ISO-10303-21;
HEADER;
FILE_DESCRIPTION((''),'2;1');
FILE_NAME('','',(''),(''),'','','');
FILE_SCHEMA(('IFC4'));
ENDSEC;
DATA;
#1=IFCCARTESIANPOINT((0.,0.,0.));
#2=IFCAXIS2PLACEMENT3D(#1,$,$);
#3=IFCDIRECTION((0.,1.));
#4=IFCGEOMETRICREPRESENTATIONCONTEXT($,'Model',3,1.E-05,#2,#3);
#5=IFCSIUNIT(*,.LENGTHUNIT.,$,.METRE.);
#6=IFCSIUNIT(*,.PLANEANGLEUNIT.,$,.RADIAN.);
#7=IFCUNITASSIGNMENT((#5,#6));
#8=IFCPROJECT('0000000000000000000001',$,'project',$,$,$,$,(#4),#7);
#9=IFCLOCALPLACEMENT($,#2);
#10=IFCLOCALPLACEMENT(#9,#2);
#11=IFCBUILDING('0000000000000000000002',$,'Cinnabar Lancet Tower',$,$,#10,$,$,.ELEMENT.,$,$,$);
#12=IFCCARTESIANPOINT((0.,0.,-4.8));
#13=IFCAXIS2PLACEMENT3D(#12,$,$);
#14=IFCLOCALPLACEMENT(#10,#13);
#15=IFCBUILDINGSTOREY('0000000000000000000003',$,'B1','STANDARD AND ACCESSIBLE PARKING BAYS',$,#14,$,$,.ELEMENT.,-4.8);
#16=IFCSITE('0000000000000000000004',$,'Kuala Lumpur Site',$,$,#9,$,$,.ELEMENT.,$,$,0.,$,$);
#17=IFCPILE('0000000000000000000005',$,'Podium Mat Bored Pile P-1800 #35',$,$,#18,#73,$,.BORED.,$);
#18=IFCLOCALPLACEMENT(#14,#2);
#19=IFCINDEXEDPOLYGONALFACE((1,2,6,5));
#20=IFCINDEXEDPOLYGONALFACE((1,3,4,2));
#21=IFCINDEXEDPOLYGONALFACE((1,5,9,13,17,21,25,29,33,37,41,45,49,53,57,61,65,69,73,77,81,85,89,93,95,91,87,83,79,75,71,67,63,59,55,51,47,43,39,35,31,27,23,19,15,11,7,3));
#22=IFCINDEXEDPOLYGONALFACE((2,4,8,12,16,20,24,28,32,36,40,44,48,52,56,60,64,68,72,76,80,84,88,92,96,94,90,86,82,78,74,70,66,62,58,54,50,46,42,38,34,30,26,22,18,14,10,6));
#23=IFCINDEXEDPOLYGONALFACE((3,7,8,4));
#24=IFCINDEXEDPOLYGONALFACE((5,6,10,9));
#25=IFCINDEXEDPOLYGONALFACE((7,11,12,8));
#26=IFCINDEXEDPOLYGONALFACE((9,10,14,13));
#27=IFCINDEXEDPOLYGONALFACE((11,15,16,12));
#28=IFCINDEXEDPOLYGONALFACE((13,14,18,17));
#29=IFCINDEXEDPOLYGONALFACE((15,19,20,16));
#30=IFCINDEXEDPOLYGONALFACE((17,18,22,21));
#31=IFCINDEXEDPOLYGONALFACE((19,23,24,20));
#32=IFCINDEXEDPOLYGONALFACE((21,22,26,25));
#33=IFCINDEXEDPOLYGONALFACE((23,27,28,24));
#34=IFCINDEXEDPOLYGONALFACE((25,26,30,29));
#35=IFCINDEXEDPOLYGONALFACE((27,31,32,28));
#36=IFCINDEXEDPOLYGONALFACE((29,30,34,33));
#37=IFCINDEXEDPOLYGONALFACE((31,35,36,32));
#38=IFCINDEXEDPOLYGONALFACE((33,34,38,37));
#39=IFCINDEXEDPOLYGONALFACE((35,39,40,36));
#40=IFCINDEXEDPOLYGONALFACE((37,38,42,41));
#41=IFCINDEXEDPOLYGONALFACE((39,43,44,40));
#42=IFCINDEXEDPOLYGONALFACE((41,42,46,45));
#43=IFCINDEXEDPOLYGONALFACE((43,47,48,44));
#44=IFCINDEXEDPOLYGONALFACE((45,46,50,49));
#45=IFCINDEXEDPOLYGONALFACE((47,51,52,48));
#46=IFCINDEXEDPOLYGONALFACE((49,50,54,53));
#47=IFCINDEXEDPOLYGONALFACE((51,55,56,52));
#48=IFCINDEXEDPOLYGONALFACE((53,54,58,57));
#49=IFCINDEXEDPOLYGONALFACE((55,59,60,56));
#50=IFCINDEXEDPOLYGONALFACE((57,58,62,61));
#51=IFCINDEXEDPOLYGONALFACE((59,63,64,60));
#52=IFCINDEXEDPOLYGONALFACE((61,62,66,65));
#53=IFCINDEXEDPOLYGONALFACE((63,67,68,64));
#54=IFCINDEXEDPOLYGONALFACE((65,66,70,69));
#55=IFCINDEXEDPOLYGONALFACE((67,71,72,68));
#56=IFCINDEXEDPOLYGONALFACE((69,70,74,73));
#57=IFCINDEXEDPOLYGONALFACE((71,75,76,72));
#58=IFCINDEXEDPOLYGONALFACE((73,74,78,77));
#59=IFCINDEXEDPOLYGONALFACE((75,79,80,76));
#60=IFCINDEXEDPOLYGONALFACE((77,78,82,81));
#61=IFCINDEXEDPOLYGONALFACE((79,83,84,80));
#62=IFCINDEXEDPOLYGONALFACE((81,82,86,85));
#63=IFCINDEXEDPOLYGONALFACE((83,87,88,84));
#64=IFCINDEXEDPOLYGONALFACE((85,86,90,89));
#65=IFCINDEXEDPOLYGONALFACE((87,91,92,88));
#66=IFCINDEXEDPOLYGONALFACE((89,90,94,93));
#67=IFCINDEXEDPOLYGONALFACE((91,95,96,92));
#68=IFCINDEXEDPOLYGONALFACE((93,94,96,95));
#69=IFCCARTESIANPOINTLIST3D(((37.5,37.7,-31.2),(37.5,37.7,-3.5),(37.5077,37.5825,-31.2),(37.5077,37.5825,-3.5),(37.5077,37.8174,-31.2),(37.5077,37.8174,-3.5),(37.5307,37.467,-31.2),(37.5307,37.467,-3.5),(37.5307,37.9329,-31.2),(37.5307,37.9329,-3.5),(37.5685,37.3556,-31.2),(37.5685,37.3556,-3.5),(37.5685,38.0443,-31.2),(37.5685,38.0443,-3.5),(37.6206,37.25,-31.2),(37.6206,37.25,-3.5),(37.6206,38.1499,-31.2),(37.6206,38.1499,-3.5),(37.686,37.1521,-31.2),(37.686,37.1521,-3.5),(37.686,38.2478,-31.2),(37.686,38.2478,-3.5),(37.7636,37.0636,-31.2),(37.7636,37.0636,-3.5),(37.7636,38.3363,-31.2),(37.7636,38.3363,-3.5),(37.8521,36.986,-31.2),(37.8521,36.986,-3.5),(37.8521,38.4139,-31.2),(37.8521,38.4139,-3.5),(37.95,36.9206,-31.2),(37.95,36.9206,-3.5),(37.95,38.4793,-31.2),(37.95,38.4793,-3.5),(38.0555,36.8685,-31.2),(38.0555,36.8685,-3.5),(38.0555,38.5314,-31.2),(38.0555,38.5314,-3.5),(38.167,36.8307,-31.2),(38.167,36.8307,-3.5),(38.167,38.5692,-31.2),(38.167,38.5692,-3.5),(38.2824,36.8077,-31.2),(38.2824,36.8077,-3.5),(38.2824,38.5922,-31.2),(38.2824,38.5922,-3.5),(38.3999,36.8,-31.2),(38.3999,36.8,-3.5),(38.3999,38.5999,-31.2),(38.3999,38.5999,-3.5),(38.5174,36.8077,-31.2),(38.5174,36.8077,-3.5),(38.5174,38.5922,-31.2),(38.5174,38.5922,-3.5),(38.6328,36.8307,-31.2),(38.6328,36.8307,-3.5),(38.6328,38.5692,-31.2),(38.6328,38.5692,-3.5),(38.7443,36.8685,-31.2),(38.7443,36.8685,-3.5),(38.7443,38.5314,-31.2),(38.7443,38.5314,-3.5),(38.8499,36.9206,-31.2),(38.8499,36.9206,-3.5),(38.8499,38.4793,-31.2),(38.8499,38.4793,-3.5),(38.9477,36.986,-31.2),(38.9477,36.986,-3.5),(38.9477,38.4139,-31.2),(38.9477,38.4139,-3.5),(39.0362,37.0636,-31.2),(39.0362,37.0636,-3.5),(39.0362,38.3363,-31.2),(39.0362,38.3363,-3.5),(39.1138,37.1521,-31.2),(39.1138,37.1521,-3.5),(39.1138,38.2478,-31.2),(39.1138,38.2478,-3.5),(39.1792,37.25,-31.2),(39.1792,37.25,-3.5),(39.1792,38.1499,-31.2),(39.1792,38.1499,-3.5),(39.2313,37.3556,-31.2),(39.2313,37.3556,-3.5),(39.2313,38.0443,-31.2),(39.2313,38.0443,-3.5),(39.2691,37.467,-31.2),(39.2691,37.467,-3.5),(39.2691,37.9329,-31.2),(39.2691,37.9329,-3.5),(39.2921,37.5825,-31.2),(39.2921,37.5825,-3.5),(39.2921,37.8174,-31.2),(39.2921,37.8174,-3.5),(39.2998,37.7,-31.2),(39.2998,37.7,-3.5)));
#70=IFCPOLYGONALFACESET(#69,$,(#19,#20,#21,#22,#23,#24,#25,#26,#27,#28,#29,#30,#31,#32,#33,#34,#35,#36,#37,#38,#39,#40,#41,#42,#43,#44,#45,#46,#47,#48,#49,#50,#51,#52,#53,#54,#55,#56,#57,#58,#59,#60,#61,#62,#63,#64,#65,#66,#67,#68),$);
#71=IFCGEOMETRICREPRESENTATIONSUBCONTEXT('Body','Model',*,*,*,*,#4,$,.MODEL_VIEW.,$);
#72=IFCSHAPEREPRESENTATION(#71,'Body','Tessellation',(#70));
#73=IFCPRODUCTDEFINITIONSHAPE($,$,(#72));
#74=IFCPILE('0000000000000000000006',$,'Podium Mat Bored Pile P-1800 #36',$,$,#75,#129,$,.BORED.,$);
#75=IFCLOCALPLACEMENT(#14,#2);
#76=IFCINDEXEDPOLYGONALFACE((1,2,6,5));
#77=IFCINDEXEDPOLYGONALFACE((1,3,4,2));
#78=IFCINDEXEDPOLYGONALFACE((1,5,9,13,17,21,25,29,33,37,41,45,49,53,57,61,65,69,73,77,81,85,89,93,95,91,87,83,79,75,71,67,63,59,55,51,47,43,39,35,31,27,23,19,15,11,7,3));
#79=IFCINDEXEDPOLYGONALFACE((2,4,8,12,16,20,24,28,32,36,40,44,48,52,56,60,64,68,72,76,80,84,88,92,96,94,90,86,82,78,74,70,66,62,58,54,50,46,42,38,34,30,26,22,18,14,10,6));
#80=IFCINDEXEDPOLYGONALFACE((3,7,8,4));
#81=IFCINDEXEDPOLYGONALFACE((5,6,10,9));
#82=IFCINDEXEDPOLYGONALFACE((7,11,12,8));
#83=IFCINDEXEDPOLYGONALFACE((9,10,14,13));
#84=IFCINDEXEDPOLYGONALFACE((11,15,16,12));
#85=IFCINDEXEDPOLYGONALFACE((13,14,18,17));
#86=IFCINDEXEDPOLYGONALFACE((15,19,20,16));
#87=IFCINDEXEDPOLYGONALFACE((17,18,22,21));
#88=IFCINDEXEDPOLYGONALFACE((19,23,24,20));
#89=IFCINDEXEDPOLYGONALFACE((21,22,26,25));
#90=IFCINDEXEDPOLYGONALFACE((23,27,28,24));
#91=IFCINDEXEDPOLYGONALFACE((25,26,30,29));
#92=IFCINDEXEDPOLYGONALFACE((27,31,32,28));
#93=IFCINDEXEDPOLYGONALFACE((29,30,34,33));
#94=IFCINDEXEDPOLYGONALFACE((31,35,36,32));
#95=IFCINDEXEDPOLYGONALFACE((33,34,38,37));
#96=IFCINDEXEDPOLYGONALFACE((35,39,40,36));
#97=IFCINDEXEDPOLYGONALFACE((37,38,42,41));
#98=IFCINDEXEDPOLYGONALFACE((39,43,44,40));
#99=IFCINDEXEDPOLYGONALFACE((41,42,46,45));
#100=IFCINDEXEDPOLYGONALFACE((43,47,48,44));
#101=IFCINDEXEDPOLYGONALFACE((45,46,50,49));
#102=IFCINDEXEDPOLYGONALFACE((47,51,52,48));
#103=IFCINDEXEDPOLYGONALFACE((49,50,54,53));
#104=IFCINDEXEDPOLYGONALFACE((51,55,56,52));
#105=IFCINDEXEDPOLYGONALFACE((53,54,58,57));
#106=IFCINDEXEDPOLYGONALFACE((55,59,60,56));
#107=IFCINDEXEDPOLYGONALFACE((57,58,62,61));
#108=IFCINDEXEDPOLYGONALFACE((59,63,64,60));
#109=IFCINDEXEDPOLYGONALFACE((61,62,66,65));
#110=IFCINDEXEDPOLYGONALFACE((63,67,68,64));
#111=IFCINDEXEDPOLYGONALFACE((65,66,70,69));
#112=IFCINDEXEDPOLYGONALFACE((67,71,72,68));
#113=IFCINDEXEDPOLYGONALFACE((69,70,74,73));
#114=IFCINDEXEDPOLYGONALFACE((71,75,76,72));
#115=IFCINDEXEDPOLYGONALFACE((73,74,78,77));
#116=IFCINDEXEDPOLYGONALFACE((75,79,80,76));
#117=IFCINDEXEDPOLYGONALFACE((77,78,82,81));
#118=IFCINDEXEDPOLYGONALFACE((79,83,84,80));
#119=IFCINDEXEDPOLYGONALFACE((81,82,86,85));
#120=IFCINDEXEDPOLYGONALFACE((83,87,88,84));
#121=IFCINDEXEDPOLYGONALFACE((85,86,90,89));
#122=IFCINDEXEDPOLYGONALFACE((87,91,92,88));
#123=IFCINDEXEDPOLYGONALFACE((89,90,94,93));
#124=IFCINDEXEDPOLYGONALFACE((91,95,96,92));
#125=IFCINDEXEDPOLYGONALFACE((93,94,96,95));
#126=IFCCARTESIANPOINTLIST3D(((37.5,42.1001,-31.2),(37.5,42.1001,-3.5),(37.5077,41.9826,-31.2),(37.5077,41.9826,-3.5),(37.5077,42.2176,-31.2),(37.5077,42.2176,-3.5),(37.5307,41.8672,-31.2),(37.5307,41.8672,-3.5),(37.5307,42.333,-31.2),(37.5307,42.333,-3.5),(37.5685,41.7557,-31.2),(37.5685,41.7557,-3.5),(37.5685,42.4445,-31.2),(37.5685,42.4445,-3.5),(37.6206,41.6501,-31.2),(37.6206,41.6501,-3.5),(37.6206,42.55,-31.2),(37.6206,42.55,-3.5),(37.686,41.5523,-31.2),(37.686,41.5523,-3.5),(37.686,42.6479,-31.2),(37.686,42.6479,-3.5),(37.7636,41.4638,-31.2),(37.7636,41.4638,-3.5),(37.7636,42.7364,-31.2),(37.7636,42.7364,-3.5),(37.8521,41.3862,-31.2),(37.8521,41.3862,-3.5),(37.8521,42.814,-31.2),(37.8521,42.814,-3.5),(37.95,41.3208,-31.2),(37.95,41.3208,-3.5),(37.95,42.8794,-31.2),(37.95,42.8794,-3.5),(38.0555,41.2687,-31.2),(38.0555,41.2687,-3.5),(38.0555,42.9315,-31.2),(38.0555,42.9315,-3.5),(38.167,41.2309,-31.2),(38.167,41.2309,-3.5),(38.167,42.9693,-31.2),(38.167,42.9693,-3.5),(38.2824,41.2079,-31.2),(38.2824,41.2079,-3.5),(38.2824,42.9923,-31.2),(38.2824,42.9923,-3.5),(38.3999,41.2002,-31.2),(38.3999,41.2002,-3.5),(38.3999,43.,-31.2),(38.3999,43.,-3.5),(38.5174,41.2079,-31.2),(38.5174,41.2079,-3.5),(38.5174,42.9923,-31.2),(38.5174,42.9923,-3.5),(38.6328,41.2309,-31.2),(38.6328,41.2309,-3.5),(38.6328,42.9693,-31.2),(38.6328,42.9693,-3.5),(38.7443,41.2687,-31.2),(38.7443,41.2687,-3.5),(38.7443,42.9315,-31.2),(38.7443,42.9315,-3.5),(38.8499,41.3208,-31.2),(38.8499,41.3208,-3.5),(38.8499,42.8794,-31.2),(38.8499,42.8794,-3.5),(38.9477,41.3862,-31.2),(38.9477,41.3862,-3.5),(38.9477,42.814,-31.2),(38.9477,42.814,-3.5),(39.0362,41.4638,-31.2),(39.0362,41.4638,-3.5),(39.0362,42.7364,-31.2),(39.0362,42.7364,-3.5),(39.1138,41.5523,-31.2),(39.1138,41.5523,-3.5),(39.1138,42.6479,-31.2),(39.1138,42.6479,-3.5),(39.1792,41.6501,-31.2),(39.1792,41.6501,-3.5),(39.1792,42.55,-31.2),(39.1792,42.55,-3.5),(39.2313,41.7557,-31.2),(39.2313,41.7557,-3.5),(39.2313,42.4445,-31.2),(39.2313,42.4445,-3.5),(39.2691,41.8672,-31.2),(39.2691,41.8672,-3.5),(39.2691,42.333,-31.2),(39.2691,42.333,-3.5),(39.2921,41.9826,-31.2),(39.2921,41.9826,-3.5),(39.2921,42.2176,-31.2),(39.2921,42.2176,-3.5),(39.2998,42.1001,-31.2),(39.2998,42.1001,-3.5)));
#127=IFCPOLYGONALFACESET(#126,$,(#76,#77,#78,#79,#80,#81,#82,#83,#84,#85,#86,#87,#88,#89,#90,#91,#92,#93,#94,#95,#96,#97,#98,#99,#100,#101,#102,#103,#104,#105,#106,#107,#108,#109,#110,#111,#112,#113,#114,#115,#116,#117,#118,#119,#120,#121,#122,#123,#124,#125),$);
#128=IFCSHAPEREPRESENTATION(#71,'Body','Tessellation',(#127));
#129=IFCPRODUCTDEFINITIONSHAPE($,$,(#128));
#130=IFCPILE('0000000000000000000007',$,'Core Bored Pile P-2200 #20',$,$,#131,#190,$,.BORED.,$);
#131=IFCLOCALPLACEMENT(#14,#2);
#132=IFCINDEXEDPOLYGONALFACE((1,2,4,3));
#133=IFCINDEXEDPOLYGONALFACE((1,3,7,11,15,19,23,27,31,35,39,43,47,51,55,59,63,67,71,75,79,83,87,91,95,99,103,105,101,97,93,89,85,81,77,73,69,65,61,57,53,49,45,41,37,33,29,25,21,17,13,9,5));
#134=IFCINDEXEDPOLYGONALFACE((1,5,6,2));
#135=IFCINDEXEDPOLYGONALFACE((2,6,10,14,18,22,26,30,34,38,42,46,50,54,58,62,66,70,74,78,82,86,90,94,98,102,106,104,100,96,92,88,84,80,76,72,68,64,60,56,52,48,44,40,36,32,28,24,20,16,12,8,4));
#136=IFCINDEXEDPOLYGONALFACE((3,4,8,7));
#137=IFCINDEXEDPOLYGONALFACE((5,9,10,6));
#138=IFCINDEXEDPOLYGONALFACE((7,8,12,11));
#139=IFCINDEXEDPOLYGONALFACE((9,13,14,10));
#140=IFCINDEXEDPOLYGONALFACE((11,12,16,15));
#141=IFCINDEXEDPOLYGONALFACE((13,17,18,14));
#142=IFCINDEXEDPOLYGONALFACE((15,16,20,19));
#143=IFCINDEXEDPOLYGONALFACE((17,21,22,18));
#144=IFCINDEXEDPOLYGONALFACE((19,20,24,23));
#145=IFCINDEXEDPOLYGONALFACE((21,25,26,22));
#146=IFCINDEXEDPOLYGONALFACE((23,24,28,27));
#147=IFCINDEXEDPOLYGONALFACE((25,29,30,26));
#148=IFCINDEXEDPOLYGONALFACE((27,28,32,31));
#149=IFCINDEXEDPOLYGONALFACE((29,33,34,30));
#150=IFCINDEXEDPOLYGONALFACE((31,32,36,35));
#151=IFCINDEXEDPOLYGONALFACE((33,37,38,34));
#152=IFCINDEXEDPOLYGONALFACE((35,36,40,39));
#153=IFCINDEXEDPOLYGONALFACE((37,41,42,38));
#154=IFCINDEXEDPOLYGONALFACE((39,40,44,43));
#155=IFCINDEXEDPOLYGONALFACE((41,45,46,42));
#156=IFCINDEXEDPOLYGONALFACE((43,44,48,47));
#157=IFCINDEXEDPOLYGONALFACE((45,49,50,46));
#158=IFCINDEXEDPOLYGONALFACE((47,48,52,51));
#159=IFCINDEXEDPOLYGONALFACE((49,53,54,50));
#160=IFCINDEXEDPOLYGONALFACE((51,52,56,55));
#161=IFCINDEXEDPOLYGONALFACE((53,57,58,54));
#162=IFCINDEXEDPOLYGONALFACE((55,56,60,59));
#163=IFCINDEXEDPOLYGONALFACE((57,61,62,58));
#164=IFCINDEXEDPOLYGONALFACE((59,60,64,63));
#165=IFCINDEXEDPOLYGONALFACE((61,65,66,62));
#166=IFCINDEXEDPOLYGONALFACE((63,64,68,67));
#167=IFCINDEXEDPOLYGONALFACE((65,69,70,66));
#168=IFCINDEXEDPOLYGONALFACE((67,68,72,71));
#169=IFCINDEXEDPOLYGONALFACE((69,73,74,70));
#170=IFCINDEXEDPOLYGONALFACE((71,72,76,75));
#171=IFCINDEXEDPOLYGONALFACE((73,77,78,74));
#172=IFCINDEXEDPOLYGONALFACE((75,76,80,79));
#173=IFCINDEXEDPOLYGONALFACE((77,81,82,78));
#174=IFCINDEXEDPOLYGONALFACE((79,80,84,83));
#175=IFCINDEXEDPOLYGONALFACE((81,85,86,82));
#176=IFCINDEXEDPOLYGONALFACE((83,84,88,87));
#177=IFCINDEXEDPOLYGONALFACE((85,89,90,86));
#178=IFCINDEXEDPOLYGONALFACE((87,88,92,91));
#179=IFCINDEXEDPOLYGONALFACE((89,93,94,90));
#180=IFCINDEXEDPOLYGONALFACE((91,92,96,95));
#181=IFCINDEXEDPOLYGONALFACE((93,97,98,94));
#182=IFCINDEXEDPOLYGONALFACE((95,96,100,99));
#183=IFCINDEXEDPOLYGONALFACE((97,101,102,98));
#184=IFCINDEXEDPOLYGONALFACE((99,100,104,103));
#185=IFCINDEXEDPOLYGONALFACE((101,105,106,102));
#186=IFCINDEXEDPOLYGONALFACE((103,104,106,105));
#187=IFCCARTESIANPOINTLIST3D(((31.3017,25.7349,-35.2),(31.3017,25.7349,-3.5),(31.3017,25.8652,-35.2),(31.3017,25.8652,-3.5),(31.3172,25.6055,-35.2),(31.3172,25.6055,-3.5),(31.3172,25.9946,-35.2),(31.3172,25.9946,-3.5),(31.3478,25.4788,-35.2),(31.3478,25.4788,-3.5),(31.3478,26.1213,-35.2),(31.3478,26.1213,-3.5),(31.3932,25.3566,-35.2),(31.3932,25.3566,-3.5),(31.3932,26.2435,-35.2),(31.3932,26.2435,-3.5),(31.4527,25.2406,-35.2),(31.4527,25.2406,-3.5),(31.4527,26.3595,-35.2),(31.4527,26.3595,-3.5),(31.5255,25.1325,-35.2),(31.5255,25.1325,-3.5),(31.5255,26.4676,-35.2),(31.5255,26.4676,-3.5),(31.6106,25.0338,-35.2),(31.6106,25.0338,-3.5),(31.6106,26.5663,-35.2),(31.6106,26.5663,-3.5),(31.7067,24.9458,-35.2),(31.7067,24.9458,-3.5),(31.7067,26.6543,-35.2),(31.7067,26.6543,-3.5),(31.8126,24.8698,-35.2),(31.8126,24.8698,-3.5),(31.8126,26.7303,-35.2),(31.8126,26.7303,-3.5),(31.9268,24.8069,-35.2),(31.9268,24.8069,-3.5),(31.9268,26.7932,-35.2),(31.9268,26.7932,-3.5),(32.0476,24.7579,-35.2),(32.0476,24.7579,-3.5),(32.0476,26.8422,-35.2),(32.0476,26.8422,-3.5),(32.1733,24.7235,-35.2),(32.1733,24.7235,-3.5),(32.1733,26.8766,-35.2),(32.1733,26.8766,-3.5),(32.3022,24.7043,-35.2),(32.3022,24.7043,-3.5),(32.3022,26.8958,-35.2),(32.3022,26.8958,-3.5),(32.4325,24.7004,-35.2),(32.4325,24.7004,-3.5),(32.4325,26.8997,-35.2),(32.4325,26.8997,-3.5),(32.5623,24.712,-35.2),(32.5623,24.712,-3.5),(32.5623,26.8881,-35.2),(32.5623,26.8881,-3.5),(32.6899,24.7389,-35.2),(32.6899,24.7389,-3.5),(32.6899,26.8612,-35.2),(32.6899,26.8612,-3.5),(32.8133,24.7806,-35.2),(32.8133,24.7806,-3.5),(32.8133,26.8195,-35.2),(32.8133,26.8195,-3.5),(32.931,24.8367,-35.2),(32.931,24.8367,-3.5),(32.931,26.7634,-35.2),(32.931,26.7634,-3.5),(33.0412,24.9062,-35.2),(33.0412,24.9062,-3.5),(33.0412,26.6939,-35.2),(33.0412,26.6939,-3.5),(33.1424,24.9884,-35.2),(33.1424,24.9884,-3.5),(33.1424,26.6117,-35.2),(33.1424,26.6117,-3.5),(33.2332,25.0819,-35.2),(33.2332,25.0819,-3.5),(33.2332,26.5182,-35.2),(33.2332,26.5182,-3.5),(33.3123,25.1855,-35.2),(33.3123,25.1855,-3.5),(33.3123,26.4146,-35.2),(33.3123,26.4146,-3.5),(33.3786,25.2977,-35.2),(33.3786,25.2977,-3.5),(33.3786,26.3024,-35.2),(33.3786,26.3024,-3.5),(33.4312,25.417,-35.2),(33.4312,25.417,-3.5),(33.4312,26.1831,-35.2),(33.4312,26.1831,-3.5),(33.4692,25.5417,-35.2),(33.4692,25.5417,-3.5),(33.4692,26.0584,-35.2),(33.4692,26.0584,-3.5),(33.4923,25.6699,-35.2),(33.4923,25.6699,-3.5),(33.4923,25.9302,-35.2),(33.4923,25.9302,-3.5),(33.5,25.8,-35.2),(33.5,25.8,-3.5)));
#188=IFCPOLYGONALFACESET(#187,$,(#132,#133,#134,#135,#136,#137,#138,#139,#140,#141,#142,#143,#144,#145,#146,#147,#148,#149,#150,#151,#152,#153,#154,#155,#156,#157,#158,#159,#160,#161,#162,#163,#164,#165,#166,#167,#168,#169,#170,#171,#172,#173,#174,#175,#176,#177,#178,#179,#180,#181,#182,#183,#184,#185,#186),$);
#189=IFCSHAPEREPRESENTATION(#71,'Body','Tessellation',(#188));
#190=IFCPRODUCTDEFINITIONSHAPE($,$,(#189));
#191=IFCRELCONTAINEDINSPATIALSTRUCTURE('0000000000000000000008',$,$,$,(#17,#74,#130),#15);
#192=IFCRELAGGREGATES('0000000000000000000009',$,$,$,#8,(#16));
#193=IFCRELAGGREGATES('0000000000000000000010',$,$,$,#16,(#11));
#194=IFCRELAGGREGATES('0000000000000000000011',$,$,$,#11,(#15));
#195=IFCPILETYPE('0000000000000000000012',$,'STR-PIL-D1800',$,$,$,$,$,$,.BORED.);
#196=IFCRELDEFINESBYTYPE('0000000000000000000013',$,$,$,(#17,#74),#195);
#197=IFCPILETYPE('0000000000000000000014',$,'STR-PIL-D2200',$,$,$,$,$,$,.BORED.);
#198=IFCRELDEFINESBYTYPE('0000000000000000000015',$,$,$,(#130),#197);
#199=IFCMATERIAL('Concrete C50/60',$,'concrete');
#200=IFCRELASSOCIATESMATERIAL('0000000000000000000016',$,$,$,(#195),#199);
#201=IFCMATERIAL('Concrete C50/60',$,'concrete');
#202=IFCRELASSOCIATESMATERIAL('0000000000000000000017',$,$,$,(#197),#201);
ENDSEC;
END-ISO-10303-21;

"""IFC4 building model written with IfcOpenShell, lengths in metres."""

from ifc_helpers import new_model, si_unit, direction, frame, origin, origin_2d, place, context, subcontext, project, spatial, circle, extrude, material, material_profile, profile_set, type_object, element, save


model = new_model("IFC4")

# Units and contexts
model_context = context("Model", 3, precision=1e-05, world=origin(), true_north=direction((0.0, 1.0)))
body_context = subcontext(model_context, "Body", "Model", "MODEL_VIEW")
ifc_project = project(units=[si_unit("LENGTHUNIT", "METRE"), si_unit("PLANEANGLEUNIT", "RADIAN")], contexts=[model_context])

# Site, building, storey
site_placement = place(None, origin())
site = spatial("IfcSite", under=ifc_project, at=site_placement, Name="Kuala Lumpur Site", CompositionType="ELEMENT", RefElevation=0.0)
building_placement = place(site_placement, origin())
building = spatial("IfcBuilding", under=site, at=building_placement, Name="Cinnabar Lancet Tower", CompositionType="ELEMENT")
storey_placement = place(building_placement, frame((0.0, 0.0, -4.8)))
storey = spatial("IfcBuildingStorey", under=building, at=storey_placement, Name="B1", Description="STANDARD AND ACCESSIBLE PARKING BAYS", CompositionType="ELEMENT", Elevation=-4.8)

# Piles
ifc_material_1 = material(Name="Concrete C50/60", Category="concrete")
ifc_material_profile_1 = material_profile(ifc_material_1, circle(Radius=0.8999, at=origin_2d()), Name="PILE D1800")
ifc_profile_set_1 = profile_set([ifc_material_profile_1], Name="Concrete C50/60")
pile_type_1 = type_object("IfcPileType", Name="STR-PIL-D1800", PredefinedType="BORED", material=ifc_profile_set_1)
for number, where, z_axis, x_axis, name in (
    (1, (38.3999, 37.7, -3.5), (0.0, 0.0, -1.0), (1.0, 0.0, 0.0), "Podium Mat Bored Pile P-1800 #35"),
    (2, (38.3999, 42.1001, -3.5), (0.0, 0.0, -1.0), (1.0, 0.0, 0.0), "Podium Mat Bored Pile P-1800 #36"),
):
    element("IfcPile", number, at=place(storey_placement, frame(where, z_axis=z_axis, x_axis=x_axis)), inside=storey, type_object=pile_type_1, Name=name, PredefinedType="BORED", context=body_context, shape_type="SweptSolid", body=[
        extrude(circle(Radius=0.8999, at=origin_2d()), origin(), (0.0, 0.0, 1.0), 27.7),
    ])
ifc_material_2 = material(Name="Concrete C50/60", Category="concrete")
ifc_material_profile_2 = material_profile(ifc_material_2, circle(Radius=1.1001, at=origin_2d()), Name="PILE D2200")
ifc_profile_set_2 = profile_set([ifc_material_profile_2], Name="Concrete C50/60")
pile_type_2 = type_object("IfcPileType", Name="STR-PIL-D2200", PredefinedType="BORED", material=ifc_profile_set_2)
for number, where, z_axis, x_axis, name in (
    (3, (32.3999, 25.8, -3.5), (0.0, 0.0, -1.0), (1.0, 0.0, 0.0), "Core Bored Pile P-2200 #20"),
):
    element("IfcPile", number, at=place(storey_placement, frame(where, z_axis=z_axis, x_axis=x_axis)), inside=storey, type_object=pile_type_2, Name=name, PredefinedType="BORED", context=body_context, shape_type="SweptSolid", body=[
        extrude(circle(Radius=1.1001, at=origin_2d()), origin(), (0.0, 0.0, 1.0), 31.7),
    ])

save(model, "model.ifc")
